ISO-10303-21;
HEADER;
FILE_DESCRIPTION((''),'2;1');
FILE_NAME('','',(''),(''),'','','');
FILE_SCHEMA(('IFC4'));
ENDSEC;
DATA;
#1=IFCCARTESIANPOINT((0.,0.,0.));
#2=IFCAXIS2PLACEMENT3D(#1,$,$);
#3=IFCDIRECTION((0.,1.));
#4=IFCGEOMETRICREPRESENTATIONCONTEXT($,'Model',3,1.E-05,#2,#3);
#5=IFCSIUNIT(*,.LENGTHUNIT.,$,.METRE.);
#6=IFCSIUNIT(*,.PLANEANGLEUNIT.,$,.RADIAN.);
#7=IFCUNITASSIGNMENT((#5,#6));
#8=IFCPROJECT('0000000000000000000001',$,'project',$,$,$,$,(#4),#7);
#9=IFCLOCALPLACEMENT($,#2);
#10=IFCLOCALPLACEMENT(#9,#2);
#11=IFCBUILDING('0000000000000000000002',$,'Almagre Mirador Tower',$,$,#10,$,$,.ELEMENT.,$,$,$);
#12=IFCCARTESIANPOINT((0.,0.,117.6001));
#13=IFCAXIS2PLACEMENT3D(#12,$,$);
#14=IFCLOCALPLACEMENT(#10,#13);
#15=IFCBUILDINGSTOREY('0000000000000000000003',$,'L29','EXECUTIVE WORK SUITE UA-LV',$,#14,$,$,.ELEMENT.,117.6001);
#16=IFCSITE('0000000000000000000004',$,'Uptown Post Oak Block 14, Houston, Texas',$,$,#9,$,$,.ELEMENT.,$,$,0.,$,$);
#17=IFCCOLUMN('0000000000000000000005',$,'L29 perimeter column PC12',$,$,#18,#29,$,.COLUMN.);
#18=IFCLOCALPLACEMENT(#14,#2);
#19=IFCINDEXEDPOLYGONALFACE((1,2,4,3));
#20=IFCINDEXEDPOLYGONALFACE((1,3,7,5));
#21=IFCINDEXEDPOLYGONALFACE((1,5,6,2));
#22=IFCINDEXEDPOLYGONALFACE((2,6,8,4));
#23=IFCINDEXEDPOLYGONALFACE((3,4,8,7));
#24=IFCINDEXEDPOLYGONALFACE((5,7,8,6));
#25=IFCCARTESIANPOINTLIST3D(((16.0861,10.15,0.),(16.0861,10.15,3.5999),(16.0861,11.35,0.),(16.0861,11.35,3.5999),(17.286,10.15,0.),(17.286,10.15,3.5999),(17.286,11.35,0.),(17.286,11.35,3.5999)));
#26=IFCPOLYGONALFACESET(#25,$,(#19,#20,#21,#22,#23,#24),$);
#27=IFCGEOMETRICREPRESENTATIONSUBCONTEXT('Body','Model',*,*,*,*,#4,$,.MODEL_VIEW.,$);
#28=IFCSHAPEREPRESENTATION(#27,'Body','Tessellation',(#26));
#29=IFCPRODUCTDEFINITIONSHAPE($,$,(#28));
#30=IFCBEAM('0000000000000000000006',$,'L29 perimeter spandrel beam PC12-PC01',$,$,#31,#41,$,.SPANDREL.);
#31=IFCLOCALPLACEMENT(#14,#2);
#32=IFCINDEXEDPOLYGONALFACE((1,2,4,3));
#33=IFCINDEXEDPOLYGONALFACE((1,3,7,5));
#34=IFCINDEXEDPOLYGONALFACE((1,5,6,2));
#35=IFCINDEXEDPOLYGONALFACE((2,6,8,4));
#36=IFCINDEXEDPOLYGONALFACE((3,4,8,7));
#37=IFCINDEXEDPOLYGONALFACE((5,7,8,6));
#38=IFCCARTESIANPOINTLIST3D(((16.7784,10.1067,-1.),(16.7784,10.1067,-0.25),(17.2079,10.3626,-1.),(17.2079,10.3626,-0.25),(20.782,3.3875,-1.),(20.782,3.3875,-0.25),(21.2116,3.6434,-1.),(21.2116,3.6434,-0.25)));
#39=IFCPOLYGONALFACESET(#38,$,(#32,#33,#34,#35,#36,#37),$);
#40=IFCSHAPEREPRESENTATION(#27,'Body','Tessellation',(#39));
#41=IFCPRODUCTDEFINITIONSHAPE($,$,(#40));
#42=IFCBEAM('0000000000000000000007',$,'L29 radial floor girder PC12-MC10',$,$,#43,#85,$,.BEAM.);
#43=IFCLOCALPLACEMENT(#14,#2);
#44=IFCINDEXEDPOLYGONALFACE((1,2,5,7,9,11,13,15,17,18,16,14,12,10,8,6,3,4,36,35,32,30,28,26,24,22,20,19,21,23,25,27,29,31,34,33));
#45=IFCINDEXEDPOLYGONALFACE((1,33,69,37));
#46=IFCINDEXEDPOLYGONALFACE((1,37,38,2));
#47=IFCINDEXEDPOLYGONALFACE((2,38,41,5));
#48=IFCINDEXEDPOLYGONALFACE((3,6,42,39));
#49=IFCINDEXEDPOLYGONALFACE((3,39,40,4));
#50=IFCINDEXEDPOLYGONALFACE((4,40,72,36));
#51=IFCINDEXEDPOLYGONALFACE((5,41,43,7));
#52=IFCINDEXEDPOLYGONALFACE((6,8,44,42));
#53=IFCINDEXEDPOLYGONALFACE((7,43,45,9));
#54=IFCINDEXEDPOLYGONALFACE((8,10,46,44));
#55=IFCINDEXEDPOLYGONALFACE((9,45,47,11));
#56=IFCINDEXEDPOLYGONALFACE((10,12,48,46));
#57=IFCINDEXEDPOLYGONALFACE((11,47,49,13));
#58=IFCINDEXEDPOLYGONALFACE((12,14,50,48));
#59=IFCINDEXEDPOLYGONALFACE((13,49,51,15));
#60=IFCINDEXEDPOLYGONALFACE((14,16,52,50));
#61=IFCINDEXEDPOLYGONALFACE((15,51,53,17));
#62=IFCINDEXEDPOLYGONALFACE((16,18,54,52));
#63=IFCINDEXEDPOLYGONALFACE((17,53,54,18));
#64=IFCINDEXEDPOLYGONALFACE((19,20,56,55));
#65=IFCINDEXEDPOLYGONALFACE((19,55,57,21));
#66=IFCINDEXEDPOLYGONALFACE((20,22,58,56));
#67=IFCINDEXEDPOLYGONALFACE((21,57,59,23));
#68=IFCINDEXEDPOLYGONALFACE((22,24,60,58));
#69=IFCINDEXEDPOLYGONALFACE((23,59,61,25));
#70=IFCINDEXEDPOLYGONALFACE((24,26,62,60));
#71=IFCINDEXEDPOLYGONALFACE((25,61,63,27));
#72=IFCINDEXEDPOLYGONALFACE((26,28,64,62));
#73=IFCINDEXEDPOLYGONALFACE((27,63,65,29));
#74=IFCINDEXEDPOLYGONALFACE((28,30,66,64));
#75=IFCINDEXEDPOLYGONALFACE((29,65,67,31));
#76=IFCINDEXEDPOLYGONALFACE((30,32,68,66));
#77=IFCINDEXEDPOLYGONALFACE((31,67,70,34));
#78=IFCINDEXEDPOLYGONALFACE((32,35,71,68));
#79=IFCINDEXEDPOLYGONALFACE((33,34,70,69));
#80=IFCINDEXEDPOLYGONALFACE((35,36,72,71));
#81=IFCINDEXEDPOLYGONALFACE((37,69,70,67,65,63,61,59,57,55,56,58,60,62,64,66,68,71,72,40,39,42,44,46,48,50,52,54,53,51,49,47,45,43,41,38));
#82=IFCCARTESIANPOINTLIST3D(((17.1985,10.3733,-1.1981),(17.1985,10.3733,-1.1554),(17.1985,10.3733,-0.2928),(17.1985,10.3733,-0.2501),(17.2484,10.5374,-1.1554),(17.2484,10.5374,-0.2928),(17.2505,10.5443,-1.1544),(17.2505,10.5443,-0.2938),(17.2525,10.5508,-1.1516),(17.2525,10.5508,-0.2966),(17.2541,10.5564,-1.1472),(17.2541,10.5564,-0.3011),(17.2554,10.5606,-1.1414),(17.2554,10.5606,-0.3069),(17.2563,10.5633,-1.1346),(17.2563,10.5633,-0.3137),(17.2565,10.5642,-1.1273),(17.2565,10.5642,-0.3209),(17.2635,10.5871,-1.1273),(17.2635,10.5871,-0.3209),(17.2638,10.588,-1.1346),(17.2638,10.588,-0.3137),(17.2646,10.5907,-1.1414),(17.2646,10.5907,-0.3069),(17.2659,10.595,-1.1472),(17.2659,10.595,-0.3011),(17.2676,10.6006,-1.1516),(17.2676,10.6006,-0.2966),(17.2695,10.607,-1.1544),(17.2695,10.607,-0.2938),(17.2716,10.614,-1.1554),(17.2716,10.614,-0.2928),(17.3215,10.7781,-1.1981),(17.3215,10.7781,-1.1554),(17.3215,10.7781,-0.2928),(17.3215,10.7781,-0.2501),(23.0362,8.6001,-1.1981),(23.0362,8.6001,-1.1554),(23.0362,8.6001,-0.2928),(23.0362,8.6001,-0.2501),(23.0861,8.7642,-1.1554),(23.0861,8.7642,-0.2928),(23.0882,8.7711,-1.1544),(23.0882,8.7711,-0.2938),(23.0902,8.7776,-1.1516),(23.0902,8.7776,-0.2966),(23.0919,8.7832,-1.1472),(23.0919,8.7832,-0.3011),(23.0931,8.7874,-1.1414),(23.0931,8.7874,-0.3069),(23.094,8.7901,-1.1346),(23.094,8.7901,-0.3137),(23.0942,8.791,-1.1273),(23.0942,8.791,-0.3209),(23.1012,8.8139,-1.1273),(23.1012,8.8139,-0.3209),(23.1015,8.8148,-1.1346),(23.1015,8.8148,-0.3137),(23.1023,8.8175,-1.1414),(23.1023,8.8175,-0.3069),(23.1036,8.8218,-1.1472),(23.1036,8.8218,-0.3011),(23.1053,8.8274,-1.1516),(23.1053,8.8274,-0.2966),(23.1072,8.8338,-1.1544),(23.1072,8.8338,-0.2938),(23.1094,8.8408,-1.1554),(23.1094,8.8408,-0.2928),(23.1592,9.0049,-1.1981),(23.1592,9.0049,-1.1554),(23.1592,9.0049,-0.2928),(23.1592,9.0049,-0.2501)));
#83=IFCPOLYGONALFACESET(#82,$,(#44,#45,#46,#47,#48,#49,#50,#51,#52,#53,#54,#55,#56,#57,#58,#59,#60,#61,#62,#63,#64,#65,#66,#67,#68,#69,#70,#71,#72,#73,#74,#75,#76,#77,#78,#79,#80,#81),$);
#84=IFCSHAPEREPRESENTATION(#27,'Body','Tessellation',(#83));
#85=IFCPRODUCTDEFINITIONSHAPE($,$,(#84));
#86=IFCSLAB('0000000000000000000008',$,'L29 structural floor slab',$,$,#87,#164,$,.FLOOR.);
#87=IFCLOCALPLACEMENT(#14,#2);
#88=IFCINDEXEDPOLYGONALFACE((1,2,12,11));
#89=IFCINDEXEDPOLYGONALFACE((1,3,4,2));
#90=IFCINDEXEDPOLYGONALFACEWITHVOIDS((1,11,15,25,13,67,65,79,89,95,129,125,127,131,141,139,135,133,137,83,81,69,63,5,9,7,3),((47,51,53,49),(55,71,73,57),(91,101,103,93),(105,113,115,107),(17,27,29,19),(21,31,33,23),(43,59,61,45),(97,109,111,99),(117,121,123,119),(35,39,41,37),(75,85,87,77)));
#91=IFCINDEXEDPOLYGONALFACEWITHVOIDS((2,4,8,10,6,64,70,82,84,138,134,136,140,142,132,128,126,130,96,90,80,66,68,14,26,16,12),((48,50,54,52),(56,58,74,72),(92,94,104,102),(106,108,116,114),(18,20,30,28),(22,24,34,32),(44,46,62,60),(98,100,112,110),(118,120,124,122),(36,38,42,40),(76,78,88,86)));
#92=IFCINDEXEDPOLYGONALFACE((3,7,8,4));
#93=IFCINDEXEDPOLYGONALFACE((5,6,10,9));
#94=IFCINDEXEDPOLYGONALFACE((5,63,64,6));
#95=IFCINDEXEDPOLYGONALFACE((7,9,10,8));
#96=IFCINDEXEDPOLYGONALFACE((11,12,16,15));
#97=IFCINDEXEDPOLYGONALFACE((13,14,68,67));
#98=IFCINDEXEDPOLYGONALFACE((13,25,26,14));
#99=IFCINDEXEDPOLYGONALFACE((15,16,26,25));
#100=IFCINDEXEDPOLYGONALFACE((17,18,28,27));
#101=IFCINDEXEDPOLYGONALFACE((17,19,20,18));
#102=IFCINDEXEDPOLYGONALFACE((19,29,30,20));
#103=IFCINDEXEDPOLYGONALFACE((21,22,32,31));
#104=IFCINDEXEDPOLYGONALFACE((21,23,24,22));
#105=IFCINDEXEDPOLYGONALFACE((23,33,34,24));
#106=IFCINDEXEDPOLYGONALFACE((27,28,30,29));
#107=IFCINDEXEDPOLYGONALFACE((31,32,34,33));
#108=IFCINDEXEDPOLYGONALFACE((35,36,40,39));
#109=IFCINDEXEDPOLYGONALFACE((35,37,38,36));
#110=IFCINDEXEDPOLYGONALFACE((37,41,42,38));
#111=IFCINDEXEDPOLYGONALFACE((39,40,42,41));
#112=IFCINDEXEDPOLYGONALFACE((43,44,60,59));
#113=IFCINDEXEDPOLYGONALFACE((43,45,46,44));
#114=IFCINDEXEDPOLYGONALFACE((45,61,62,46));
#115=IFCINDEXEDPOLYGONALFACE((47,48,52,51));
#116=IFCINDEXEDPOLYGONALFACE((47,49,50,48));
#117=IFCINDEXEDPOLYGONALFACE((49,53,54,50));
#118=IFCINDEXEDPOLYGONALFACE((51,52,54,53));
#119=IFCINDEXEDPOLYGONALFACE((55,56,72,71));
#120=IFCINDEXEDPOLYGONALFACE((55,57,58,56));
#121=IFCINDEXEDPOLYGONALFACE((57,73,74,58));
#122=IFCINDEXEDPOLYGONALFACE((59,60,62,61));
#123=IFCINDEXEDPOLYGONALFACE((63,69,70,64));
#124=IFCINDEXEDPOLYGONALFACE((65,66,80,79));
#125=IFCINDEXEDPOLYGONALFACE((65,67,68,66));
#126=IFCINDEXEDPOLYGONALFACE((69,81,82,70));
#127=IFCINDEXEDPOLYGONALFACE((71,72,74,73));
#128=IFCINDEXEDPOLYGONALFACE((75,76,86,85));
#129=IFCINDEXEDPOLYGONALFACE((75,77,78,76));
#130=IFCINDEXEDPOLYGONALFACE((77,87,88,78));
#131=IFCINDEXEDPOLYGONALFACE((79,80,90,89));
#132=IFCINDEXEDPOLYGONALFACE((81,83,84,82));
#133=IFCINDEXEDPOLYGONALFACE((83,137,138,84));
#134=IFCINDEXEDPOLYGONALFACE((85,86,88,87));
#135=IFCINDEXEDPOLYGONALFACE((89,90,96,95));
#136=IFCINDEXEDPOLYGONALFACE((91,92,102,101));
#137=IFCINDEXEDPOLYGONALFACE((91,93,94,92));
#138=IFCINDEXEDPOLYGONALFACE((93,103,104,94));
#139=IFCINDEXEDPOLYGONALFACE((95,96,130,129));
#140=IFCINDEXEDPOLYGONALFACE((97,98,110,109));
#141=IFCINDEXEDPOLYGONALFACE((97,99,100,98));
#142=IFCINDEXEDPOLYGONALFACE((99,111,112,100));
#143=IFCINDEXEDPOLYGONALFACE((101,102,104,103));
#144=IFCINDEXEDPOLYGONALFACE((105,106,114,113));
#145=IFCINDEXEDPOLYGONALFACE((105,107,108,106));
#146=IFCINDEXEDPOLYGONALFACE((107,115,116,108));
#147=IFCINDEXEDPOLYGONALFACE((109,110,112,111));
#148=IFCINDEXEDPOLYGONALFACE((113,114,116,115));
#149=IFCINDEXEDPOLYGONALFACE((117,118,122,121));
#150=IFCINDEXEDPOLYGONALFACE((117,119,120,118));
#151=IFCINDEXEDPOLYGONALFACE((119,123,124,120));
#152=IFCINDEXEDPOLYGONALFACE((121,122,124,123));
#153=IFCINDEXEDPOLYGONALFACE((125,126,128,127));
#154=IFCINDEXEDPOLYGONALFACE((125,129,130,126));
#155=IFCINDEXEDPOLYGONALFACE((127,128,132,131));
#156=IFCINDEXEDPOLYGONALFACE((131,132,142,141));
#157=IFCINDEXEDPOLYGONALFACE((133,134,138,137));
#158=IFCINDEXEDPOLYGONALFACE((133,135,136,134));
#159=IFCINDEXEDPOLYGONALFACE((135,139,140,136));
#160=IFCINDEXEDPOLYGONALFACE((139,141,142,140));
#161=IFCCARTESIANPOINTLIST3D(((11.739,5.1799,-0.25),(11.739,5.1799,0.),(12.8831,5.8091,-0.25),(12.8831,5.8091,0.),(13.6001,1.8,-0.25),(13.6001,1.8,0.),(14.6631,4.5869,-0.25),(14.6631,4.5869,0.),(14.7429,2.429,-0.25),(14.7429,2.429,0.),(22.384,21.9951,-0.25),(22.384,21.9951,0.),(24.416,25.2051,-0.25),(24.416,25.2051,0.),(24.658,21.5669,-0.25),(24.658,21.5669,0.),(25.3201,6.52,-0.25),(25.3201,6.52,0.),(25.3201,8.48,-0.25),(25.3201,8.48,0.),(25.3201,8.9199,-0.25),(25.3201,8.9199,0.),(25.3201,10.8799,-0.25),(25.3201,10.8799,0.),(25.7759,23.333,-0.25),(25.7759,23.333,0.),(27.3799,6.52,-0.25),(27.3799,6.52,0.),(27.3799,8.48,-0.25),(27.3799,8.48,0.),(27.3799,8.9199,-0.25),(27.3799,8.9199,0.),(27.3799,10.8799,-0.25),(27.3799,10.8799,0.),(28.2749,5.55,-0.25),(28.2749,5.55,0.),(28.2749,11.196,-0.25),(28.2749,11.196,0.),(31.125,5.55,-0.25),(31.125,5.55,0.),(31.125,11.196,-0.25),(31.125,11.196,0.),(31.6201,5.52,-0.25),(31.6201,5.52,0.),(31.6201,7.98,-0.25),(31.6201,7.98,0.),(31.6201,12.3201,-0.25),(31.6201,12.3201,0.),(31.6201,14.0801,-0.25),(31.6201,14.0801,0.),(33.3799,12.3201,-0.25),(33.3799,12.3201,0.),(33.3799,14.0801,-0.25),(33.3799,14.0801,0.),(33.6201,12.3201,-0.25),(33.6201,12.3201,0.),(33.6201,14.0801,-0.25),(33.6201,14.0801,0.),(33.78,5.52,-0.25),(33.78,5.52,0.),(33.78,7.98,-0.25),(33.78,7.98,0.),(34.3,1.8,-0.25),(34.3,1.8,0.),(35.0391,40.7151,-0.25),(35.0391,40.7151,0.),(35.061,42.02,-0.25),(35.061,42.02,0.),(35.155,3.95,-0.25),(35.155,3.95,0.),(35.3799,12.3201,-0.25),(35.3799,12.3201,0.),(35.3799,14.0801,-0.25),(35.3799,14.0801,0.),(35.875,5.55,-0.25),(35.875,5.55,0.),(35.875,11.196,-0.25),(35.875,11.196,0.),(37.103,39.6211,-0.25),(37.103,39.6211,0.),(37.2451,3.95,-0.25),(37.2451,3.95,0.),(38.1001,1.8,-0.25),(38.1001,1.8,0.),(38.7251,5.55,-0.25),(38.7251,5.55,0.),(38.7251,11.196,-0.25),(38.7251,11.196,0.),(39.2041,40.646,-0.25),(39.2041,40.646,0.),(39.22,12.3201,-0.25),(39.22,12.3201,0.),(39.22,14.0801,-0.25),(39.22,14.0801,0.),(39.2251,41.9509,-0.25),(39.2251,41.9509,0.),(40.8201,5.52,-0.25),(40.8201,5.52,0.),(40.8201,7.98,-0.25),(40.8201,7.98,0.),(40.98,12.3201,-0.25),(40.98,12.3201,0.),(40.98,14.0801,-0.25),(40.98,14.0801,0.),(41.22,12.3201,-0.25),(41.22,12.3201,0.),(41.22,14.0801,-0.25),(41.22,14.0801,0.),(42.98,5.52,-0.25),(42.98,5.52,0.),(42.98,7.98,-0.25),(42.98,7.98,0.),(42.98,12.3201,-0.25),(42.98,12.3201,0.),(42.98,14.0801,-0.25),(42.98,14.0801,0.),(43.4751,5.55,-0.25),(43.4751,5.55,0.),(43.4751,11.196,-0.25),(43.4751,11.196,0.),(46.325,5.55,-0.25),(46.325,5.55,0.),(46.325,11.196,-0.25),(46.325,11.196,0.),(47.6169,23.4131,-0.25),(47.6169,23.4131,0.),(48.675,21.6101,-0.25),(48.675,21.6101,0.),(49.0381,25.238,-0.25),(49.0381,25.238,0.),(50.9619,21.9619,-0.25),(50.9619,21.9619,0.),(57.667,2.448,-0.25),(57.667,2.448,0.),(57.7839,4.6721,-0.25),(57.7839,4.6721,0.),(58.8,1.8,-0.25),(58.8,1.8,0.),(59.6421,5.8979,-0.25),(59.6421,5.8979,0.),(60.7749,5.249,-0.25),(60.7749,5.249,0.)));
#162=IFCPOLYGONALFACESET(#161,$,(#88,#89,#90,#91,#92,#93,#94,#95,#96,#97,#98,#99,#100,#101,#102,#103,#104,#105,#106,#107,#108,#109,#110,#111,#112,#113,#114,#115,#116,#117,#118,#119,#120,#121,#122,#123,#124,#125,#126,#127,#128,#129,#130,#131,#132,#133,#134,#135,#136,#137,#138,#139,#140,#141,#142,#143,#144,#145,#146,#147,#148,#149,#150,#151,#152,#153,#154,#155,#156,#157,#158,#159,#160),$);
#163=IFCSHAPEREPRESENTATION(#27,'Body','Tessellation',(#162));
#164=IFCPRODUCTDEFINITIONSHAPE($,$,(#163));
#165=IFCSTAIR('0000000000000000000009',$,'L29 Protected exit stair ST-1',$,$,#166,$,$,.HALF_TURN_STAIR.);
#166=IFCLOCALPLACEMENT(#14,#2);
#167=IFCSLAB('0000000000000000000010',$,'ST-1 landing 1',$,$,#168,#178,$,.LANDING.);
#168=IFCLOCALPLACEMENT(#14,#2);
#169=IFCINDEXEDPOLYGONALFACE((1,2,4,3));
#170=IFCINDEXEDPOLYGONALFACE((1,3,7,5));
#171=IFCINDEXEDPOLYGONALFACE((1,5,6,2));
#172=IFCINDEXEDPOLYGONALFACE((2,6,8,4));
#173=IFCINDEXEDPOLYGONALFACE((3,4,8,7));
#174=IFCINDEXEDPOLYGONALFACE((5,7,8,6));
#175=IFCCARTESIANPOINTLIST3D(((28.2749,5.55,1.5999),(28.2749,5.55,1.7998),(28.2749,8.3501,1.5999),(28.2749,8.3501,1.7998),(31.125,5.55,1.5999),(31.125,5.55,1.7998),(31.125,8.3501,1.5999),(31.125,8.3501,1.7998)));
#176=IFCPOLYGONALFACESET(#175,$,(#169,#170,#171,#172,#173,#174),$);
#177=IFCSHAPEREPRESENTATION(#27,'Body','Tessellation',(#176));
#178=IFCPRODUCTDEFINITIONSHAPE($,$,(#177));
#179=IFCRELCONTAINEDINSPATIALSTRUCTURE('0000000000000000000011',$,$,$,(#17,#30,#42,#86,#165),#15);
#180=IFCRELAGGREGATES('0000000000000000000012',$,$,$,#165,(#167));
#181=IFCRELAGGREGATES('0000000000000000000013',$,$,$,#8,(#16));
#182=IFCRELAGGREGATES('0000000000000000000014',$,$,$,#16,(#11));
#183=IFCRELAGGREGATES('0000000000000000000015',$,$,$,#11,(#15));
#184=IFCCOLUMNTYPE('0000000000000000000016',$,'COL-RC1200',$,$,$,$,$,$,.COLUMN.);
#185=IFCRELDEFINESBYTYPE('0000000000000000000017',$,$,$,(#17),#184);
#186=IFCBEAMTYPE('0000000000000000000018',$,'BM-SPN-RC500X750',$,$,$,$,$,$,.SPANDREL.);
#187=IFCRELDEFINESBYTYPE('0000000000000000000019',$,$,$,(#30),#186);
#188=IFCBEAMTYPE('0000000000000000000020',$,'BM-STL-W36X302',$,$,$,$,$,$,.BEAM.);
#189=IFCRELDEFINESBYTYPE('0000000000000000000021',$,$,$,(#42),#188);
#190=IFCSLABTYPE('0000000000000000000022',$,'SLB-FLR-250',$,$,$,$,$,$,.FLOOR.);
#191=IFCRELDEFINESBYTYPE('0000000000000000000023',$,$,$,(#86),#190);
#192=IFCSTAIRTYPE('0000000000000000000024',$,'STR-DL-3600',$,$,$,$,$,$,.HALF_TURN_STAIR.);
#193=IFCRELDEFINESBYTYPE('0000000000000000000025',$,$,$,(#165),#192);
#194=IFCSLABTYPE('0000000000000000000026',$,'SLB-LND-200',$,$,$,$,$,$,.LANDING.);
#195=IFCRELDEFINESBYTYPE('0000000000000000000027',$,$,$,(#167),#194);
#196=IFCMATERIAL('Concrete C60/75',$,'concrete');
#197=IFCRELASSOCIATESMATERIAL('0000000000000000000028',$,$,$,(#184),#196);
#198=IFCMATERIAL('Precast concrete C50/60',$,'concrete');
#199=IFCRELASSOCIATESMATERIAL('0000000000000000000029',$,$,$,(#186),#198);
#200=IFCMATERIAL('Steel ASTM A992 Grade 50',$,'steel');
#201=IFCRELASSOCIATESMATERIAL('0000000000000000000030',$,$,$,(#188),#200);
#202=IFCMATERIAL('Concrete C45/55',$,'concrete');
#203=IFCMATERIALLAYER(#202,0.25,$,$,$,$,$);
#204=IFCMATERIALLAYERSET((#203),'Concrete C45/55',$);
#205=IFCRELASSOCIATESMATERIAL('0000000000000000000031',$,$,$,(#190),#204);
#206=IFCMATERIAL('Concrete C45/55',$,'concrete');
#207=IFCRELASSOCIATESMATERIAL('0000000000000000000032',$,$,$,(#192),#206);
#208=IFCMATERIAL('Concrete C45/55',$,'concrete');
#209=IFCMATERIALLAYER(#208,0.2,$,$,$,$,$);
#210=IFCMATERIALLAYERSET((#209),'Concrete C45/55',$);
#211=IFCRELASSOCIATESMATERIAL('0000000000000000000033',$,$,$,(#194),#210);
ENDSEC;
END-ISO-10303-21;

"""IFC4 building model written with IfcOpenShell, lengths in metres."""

from ifc_helpers import new_model, si_unit, direction, frame, origin, origin_2d, place, context, subcontext, project, spatial, polyline, rectangle, i_section, outline, extrude, material, layer, layer_set, material_profile, profile_set, type_object, element, aggregate, save


model = new_model("IFC4")

# Units and contexts
model_context = context("Model", 3, precision=1e-05, world=origin(), true_north=direction((0.0, 1.0)))
body_context = subcontext(model_context, "Body", "Model", "MODEL_VIEW")
ifc_project = project(units=[si_unit("LENGTHUNIT", "METRE"), si_unit("PLANEANGLEUNIT", "RADIAN")], contexts=[model_context])

# Site, building, storey
site_placement = place(None, origin())
site = spatial("IfcSite", under=ifc_project, at=site_placement, Name="Uptown Post Oak Block 14, Houston, Texas", CompositionType="ELEMENT", RefElevation=0.0)
building_placement = place(site_placement, origin())
building = spatial("IfcBuilding", under=site, at=building_placement, Name="Almagre Mirador Tower", CompositionType="ELEMENT")
storey_placement = place(building_placement, frame((0.0, 0.0, 117.6001)))
storey = spatial("IfcBuildingStorey", under=building, at=storey_placement, Name="L29", Description="EXECUTIVE WORK SUITE UA-LV", CompositionType="ELEMENT", Elevation=117.6001)

# Column
ifc_material_1 = material(Name="Concrete C60/75", Category="concrete")
ifc_material_profile_1 = material_profile(ifc_material_1, rectangle(XDim=1.2, YDim=1.2, at=origin_2d()), Name="RC1200X1200")
ifc_profile_set_1 = profile_set([ifc_material_profile_1], Name="Concrete C60/75")
column_type = type_object("IfcColumnType", Name="COL-RC1200", PredefinedType="COLUMN", material=ifc_profile_set_1)
column_placement = place(storey_placement, frame((16.686, 10.75, 0.0), z_axis=(0.0, 0.0, 1.0), x_axis=(1.0, 0.0, 0.0)))
element("IfcColumn", 1, at=column_placement, inside=storey, type_object=column_type, Name="L29 perimeter column PC12", PredefinedType="COLUMN", context=body_context, shape_type="SweptSolid", body=[
    extrude(rectangle(XDim=1.2, YDim=1.2, at=origin_2d()), origin(), (0.0, 0.0, 1.0), 3.5999),
])

# Beams
ifc_material_2 = material(Name="Precast concrete C50/60", Category="concrete")
ifc_material_profile_2 = material_profile(ifc_material_2, rectangle(XDim=0.5, YDim=0.75, at=origin_2d()), Name="RC500X750")
ifc_profile_set_2 = profile_set([ifc_material_profile_2], Name="Precast concrete C50/60")
beam_type_1 = type_object("IfcBeamType", Name="BM-SPN-RC500X750", PredefinedType="SPANDREL", material=ifc_profile_set_2)
beam_1_placement = place(storey_placement, frame((16.9932, 10.2346, -0.625), z_axis=(0.511872, -0.859062, 0.0), x_axis=(0.859062, 0.511872, 0.0)))
element("IfcBeam", 2, at=beam_1_placement, inside=storey, type_object=beam_type_1, Name="L29 perimeter spandrel beam PC12-PC01", PredefinedType="SPANDREL", context=body_context, shape_type="SweptSolid", body=[
    extrude(rectangle(XDim=0.5, YDim=0.75, at=origin_2d()), origin(), (0.0, 0.0, 1.0), 7.8215),
])
ifc_material_3 = material(Name="Steel ASTM A992 Grade 50", Category="steel")
ifc_material_profile_3 = material_profile(ifc_material_3, i_section(OverallWidth=0.4231, OverallDepth=0.948, WebThickness=0.0239, FlangeThickness=0.0427, FilletRadius=0.0281, at=origin_2d()), Name="W36X302")
ifc_profile_set_3 = profile_set([ifc_material_profile_3], Name="Steel ASTM A992 Grade 50")
beam_type_2 = type_object("IfcBeamType", Name="BM-STL-W36X302", PredefinedType="BEAM", material=ifc_profile_set_3)
beam_2_placement = place(storey_placement, frame((17.26, 10.5757, -0.7241), z_axis=(0.956833, -0.290639, 0.0), x_axis=(0.290639, 0.956833, 0.0)))
element("IfcBeam", 3, at=beam_2_placement, inside=storey, type_object=beam_type_2, Name="L29 radial floor girder PC12-MC10", PredefinedType="BEAM", context=body_context, shape_type="SweptSolid", body=[
    extrude(i_section(OverallWidth=0.4231, OverallDepth=0.948, WebThickness=0.0239, FlangeThickness=0.0427, FilletRadius=0.0281, at=origin_2d()), origin(), (0.0, 0.0, 1.0), 6.1011),
])

# Slab
ifc_material_4 = material(Name="Concrete C45/55", Category="concrete")
ifc_layer_1 = layer(ifc_material_4, 0.25)
ifc_layer_set_1 = layer_set([ifc_layer_1], Name="Concrete C45/55")
slab_type_1 = type_object("IfcSlabType", Name="SLB-FLR-250", PredefinedType="FLOOR", material=ifc_layer_set_1)
slab_1_placement = place(storey_placement, frame((0.0, 0.0, -0.25)))
element("IfcSlab", 4, at=slab_1_placement, inside=storey, type_object=slab_type_1, Name="L29 structural floor slab", PredefinedType="FLOOR", context=body_context, shape_type="SweptSolid", body=[
    extrude(outline(polyline([(11.739, 5.1799), (12.8831, 5.8091), (14.6631, 4.5869), (14.7429, 2.429), (13.6001, 1.8), (34.3, 1.8), (35.155, 3.95), (37.2451, 3.95), (38.1001, 1.8), (58.8, 1.8), (57.667, 2.448), (57.7839, 4.6721), (59.6421, 5.8979), (60.7749, 5.249), (50.9619, 21.9619), (48.675, 21.6101), (47.6169, 23.4131), (49.0381, 25.238), (39.2251, 41.9509), (39.2041, 40.646), (37.103, 39.6211), (35.0391, 40.7151), (35.061, 42.02), (24.416, 25.2051), (25.7759, 23.333), (24.658, 21.5669), (22.384, 21.9951), (11.739, 5.1799)]), holes=[polyline([(43.4751, 5.55), (43.4751, 11.196), (46.325, 11.196), (46.325, 5.55), (43.4751, 5.55)]), polyline([(40.8201, 5.52), (40.8201, 7.98), (42.98, 7.98), (42.98, 5.52), (40.8201, 5.52)]), polyline([(41.22, 12.3201), (41.22, 14.0801), (42.98, 14.0801), (42.98, 12.3201), (41.22, 12.3201)]), polyline([(39.22, 12.3201), (39.22, 14.0801), (40.98, 14.0801), (40.98, 12.3201), (39.22, 12.3201)]), polyline([(35.875, 11.196), (38.7251, 11.196), (38.7251, 5.55), (35.875, 5.55), (35.875, 11.196)]), polyline([(35.3799, 12.3201), (33.6201, 12.3201), (33.6201, 14.0801), (35.3799, 14.0801), (35.3799, 12.3201)]), polyline([(33.78, 5.52), (31.6201, 5.52), (31.6201, 7.98), (33.78, 7.98), (33.78, 5.52)]), polyline([(31.6201, 12.3201), (31.6201, 14.0801), (33.3799, 14.0801), (33.3799, 12.3201), (31.6201, 12.3201)]), polyline([(28.2749, 5.55), (28.2749, 11.196), (31.125, 11.196), (31.125, 5.55), (28.2749, 5.55)]), polyline([(25.3201, 8.9199), (25.3201, 10.8799), (27.3799, 10.8799), (27.3799, 8.9199), (25.3201, 8.9199)]), polyline([(27.3799, 6.52), (25.3201, 6.52), (25.3201, 8.48), (27.3799, 8.48), (27.3799, 6.52)])]), origin(), (0.0, 0.0, 1.0), 0.25),
])

# Stair, slab
ifc_material_5 = material(Name="Concrete C45/55", Category="concrete")
stair_type = type_object("IfcStairType", Name="STR-DL-3600", PredefinedType="HALF_TURN_STAIR", material=ifc_material_5)
stair_1_placement = place(storey_placement, origin())
stair_1 = element("IfcStair", 5, at=stair_1_placement, inside=storey, type_object=stair_type, Name="L29 Protected exit stair ST-1", PredefinedType="HALF_TURN_STAIR")
ifc_material_6 = material(Name="Concrete C45/55", Category="concrete")
ifc_layer_2 = layer(ifc_material_6, 0.2)
ifc_layer_set_2 = layer_set([ifc_layer_2], Name="Concrete C45/55")
slab_type_2 = type_object("IfcSlabType", Name="SLB-LND-200", PredefinedType="LANDING", material=ifc_layer_set_2)
slab_2_placement = place(storey_placement, frame((0.0, 0.0, 1.5999)))
slab_2 = element("IfcSlab", 6, at=slab_2_placement, type_object=slab_type_2, Name="ST-1 landing 1", PredefinedType="LANDING", context=body_context, shape_type="SweptSolid", body=[
    extrude(outline(polyline([(28.2749, 8.3501), (28.2749, 5.55), (31.125, 5.55), (31.125, 8.3501), (28.2749, 8.3501)])), origin(), (0.0, 0.0, 1.0), 0.2),
])
aggregate(stair_1, [slab_2])

save(model, "model.ifc")
